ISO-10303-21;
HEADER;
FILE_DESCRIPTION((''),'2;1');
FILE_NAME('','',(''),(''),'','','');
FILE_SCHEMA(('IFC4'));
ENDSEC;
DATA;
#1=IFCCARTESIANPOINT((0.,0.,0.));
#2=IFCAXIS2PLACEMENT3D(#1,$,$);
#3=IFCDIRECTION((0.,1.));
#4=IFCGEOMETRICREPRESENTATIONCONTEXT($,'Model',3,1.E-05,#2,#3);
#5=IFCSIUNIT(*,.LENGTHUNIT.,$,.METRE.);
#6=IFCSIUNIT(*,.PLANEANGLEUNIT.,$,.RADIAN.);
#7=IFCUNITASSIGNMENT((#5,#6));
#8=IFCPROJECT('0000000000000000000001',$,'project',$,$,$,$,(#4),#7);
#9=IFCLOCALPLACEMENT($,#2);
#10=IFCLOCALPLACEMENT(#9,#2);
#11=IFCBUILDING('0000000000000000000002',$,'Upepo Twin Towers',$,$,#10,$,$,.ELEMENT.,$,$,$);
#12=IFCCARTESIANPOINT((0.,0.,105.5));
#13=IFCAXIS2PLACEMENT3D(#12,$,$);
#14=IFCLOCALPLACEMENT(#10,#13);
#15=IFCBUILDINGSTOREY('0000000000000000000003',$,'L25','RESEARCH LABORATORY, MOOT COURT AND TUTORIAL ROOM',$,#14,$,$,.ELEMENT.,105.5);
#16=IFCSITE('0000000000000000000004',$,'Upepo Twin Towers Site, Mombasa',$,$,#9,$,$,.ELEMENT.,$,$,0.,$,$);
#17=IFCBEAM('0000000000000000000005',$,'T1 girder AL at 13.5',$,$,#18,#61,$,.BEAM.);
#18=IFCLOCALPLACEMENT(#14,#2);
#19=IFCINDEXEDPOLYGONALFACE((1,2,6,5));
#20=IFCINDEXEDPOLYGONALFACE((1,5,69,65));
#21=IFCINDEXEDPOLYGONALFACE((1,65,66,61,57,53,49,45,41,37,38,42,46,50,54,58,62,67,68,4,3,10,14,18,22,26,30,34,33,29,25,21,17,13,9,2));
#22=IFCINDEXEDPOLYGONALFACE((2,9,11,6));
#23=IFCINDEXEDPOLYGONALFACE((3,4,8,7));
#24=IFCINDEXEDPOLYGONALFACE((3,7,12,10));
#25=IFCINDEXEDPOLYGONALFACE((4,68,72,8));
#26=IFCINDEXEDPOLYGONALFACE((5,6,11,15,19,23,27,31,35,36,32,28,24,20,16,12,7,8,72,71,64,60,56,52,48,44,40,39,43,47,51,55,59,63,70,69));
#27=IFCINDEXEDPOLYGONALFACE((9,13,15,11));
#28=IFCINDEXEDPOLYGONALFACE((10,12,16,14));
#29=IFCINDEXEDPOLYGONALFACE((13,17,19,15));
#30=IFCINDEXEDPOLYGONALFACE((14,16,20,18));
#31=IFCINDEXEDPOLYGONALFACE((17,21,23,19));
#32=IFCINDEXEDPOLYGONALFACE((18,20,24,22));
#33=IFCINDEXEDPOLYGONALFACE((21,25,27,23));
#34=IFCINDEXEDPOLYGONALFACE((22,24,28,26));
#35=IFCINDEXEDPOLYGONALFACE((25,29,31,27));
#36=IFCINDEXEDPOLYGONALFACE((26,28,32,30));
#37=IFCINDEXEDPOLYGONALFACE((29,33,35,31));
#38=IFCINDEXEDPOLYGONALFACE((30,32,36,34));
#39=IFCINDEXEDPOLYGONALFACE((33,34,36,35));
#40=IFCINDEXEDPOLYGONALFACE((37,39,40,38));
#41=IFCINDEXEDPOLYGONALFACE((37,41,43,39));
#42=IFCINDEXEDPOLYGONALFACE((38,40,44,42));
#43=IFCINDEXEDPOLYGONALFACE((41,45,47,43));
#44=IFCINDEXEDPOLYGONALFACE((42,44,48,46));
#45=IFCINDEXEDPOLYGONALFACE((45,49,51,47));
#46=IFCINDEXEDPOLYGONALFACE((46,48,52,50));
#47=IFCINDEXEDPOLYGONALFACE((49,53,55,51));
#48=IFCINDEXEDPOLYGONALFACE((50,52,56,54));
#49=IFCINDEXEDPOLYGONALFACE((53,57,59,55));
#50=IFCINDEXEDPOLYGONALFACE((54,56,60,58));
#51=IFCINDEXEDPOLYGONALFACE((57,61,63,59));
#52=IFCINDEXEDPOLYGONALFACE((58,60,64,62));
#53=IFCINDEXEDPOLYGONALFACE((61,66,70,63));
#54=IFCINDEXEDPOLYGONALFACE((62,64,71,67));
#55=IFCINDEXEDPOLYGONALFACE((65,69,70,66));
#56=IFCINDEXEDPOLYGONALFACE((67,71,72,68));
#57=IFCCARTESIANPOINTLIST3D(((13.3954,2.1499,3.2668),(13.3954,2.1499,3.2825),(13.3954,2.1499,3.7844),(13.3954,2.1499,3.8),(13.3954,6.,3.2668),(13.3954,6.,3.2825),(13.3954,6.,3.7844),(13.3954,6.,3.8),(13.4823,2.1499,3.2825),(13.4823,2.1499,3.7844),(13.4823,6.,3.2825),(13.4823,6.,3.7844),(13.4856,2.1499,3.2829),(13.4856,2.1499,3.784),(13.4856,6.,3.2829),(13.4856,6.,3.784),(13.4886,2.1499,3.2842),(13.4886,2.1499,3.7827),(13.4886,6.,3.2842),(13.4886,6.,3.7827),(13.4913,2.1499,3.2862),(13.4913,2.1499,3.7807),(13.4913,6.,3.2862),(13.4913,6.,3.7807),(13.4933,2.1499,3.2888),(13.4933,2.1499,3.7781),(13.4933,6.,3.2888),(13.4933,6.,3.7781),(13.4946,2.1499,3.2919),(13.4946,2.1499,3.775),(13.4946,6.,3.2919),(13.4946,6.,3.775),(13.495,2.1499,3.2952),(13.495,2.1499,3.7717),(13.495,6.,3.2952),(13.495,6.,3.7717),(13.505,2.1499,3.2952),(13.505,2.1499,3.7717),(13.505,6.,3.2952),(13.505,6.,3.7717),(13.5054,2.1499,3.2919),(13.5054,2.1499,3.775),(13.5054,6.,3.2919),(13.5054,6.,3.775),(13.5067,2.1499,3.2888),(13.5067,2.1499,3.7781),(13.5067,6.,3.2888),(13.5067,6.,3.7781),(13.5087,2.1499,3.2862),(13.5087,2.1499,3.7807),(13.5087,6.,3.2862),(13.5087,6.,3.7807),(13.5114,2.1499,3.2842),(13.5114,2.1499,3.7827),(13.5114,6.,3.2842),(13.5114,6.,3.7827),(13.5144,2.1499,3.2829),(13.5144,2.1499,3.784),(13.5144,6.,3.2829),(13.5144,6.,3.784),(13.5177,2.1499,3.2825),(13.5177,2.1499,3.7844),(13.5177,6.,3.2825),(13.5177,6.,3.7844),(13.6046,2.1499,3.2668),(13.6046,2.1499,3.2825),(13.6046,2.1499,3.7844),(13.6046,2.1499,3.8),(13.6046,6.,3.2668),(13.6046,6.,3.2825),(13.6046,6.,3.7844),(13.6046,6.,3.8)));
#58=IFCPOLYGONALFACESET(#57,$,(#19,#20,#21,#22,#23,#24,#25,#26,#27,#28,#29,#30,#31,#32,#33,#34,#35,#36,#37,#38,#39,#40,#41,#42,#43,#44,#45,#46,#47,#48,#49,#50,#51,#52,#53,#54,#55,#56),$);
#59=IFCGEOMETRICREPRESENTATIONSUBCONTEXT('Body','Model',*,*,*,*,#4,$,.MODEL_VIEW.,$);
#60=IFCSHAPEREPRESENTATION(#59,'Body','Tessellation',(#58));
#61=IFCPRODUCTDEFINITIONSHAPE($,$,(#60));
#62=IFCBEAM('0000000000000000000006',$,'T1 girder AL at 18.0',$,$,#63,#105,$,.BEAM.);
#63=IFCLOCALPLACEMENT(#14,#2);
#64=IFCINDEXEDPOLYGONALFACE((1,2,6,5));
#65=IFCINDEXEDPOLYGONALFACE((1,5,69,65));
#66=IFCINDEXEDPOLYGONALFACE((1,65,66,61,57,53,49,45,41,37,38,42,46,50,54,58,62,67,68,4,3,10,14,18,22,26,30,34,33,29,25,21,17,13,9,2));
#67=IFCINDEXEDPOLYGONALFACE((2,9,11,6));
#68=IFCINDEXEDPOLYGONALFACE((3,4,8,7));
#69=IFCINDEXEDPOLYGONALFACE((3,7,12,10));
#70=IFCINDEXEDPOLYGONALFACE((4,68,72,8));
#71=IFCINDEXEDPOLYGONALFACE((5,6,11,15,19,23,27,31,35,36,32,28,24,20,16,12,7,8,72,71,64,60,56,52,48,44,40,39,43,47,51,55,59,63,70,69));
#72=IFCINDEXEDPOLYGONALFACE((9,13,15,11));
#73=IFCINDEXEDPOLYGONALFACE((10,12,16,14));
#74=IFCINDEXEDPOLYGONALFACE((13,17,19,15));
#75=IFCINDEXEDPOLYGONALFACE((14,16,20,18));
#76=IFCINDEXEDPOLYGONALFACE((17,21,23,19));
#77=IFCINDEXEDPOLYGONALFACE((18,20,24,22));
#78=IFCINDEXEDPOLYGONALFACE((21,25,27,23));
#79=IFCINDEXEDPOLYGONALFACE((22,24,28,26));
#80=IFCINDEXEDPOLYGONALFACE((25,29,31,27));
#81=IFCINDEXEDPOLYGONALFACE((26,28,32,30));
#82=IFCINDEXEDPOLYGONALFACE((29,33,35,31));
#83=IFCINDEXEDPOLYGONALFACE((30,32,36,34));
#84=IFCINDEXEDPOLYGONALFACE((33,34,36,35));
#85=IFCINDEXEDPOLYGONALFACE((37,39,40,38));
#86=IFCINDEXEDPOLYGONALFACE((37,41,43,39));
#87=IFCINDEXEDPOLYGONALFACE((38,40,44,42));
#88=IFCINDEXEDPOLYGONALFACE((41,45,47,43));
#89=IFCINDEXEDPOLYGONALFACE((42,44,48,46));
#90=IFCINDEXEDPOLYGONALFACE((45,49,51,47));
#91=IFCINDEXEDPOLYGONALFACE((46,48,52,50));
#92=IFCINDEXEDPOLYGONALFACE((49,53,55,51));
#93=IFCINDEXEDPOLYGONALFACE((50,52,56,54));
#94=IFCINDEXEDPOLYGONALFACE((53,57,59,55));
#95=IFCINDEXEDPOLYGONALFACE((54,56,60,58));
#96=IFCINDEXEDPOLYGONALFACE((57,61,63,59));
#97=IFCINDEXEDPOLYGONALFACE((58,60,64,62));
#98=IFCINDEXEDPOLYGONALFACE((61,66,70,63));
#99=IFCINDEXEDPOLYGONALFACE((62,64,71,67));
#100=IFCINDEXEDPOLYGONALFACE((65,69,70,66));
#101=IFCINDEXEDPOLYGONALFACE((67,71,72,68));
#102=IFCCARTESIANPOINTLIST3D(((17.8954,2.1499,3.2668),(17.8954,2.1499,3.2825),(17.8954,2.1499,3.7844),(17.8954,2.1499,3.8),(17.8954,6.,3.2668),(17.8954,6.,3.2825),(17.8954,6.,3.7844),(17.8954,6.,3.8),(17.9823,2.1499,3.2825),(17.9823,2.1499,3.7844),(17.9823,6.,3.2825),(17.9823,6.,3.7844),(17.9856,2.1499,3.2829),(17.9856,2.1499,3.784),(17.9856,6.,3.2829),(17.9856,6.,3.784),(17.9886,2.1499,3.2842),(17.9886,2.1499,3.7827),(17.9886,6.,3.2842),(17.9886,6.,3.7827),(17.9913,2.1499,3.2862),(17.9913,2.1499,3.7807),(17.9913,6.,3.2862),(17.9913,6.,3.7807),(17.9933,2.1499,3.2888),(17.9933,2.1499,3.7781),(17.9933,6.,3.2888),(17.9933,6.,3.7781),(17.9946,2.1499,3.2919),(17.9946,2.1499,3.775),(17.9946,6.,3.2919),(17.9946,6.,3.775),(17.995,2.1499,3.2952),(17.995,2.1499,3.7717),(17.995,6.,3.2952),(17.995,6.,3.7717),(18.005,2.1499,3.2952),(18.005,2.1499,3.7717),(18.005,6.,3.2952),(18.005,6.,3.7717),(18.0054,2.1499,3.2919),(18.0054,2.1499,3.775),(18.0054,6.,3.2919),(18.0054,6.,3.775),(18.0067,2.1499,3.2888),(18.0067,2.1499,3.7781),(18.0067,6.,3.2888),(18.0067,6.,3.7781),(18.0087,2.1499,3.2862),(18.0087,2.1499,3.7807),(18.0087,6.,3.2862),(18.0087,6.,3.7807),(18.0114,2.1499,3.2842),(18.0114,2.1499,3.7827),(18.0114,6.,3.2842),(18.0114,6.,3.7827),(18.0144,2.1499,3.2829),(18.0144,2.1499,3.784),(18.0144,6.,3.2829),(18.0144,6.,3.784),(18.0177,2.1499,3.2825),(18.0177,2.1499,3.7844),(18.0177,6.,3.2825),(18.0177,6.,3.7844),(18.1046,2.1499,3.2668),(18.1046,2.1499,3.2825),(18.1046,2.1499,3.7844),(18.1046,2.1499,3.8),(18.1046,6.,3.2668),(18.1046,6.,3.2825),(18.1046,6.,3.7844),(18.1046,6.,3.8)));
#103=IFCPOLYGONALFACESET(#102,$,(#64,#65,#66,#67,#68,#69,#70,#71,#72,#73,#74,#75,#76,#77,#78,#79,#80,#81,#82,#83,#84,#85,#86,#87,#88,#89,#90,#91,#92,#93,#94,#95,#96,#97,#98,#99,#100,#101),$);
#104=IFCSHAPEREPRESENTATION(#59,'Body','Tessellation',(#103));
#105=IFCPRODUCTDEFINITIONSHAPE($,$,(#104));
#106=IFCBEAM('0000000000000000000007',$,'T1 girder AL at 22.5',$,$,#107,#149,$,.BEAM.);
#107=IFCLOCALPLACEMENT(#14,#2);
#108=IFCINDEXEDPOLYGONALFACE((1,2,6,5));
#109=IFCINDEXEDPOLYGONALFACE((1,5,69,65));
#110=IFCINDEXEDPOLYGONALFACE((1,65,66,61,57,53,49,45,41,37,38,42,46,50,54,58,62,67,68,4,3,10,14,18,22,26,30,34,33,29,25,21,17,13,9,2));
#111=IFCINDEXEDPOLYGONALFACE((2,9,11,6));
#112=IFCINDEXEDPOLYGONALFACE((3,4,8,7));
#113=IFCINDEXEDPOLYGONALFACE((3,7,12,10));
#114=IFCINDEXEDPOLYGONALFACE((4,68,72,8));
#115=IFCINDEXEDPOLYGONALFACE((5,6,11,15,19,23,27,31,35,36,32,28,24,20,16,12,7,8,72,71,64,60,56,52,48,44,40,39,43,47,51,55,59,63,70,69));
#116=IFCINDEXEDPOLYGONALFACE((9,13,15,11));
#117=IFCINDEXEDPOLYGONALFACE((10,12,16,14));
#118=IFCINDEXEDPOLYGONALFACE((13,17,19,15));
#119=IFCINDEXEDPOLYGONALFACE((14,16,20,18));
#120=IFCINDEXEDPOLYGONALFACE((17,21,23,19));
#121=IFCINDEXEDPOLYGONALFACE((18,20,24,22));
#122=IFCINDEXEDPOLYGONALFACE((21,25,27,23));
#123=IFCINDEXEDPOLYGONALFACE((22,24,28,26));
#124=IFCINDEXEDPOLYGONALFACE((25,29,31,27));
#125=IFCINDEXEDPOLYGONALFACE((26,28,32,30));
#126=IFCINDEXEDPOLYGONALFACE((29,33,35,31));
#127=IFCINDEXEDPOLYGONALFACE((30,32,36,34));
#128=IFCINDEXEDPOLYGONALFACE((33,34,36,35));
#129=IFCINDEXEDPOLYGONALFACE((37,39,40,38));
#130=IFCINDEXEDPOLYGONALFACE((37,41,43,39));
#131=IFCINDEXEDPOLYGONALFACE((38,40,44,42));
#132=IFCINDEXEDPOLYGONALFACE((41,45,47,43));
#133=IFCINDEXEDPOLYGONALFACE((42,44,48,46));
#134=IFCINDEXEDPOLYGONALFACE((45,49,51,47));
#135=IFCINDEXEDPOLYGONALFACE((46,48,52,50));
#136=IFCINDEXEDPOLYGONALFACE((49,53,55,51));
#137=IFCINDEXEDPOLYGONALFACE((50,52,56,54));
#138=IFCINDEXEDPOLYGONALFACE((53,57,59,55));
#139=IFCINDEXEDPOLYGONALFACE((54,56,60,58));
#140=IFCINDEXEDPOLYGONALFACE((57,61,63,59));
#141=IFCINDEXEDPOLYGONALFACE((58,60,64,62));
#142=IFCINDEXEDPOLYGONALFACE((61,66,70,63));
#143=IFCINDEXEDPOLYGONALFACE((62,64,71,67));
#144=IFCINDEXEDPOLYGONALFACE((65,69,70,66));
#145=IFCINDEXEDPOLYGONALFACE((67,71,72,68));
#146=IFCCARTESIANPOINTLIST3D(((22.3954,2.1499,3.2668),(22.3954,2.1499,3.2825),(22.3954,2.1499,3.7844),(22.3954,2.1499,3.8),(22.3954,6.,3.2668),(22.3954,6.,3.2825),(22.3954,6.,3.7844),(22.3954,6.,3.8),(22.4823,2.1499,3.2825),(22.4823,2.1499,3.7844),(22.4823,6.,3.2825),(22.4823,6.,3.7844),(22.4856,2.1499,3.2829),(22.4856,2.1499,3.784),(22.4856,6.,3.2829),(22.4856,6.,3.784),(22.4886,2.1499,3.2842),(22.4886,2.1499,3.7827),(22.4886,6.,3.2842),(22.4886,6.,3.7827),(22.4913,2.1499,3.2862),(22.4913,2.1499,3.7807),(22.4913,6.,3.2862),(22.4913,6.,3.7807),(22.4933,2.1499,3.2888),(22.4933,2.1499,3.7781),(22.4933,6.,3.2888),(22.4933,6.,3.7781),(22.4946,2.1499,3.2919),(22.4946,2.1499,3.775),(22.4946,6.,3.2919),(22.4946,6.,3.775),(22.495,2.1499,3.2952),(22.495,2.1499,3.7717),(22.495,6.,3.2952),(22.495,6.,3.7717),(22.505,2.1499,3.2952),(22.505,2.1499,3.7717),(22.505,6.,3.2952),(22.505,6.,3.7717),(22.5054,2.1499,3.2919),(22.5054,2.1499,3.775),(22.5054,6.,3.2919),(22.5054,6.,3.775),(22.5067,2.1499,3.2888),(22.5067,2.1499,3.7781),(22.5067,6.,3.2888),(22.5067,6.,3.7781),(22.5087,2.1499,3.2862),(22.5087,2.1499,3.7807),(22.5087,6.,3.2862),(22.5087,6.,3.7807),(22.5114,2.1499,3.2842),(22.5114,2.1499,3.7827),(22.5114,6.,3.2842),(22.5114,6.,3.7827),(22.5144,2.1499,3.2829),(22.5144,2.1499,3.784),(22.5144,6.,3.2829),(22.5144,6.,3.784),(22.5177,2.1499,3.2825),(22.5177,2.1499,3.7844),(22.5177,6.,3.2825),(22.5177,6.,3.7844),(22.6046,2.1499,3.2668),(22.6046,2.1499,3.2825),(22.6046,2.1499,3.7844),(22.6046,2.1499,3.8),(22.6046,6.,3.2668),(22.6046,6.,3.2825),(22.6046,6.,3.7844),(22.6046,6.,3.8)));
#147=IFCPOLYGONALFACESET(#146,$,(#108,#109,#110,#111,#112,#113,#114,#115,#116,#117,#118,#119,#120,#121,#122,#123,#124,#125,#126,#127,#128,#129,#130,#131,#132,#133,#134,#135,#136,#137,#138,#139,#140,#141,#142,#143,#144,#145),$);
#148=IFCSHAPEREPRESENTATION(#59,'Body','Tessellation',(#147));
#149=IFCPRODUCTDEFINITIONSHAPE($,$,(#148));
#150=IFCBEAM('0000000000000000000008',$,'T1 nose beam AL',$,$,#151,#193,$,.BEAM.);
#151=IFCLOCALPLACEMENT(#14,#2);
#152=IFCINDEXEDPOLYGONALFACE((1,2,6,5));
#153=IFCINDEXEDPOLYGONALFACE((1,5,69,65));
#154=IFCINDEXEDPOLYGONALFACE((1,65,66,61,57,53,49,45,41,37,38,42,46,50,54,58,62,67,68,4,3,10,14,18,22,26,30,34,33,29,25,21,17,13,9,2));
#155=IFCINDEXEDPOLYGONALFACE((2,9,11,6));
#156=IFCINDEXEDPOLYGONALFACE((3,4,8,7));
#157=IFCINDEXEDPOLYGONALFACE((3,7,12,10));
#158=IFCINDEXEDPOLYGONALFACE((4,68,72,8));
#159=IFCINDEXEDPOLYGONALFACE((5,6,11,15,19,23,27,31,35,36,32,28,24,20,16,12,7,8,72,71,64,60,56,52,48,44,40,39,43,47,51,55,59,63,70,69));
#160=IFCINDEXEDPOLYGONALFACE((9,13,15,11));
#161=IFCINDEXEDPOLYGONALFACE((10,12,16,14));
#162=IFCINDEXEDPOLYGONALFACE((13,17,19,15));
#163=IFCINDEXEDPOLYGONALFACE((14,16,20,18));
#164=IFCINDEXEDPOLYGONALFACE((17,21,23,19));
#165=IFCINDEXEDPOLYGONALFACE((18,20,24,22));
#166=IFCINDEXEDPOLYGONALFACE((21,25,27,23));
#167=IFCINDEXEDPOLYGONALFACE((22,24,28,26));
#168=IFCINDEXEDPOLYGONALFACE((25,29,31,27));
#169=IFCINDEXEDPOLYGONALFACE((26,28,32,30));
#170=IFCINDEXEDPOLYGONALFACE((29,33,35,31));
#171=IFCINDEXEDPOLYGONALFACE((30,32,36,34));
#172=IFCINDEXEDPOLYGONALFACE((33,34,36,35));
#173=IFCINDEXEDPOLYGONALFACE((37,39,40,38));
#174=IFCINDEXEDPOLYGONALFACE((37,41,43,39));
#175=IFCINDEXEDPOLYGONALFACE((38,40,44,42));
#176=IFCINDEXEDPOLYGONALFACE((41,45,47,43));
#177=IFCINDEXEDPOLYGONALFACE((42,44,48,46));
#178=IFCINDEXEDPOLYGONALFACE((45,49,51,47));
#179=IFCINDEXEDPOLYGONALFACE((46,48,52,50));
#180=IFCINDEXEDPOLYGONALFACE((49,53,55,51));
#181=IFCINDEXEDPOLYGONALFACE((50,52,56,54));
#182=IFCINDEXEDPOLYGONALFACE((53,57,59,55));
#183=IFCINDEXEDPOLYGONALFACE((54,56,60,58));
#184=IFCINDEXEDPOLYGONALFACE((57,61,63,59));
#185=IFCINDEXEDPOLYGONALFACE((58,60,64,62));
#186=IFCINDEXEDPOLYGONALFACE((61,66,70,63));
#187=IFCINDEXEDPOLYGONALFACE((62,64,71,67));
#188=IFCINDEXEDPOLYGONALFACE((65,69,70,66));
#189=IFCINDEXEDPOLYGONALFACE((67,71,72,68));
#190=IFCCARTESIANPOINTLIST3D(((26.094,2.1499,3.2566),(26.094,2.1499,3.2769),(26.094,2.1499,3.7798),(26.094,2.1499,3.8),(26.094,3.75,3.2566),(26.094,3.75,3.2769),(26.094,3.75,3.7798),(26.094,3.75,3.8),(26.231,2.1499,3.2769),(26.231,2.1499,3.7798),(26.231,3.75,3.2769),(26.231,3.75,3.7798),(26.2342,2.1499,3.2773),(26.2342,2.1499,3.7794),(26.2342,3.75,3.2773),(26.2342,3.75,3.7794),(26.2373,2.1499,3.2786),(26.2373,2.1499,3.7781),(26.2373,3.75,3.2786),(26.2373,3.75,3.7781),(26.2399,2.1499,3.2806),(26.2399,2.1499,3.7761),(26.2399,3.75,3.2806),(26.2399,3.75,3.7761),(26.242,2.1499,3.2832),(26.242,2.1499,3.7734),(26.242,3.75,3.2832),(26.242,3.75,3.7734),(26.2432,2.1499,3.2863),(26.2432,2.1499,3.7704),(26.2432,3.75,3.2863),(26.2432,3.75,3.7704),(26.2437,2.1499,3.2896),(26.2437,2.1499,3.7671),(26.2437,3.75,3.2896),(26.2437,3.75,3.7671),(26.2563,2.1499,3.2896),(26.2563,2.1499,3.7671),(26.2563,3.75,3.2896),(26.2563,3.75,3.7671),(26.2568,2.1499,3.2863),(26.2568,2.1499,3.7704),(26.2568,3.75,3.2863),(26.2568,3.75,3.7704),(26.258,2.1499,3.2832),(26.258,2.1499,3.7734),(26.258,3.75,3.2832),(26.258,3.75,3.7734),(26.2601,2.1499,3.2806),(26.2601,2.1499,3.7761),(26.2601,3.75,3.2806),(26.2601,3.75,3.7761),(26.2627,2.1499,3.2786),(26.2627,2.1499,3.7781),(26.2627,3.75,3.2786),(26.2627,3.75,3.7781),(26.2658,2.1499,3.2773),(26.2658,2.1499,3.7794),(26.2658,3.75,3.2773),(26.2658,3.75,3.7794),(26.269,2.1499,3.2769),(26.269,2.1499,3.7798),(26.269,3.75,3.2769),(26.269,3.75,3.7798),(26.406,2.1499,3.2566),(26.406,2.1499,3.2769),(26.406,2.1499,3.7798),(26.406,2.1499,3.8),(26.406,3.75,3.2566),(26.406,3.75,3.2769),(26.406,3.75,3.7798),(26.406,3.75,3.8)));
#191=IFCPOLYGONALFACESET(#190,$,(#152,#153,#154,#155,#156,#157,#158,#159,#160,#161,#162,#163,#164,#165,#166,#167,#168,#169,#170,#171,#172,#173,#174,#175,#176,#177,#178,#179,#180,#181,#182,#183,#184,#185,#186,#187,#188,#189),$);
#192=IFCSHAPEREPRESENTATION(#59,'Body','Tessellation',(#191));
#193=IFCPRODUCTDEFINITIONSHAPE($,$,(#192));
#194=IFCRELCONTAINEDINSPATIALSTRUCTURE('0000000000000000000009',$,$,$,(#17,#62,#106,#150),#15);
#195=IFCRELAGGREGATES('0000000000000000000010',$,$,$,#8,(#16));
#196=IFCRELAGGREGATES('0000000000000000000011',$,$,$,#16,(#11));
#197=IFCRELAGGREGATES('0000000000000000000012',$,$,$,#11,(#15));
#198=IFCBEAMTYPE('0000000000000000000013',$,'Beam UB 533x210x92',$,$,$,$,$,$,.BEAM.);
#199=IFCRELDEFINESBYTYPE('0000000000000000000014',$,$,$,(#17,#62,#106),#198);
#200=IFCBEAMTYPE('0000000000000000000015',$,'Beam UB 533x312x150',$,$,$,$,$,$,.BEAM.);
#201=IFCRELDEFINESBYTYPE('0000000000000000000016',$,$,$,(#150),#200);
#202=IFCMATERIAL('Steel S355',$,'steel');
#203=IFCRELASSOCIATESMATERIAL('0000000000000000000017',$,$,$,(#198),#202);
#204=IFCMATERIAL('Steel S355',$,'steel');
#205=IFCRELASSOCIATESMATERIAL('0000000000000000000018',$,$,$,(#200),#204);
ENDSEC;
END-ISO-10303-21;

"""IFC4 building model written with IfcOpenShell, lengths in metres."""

from ifc_helpers import new_model, si_unit, direction, frame, origin, origin_2d, place, context, subcontext, project, spatial, i_section, extrude, material, material_profile, profile_set, type_object, element, save


model = new_model("IFC4")

# Units and contexts
model_context = context("Model", 3, precision=1e-05, world=origin(), true_north=direction((0.0, 1.0)))
body_context = subcontext(model_context, "Body", "Model", "MODEL_VIEW")
ifc_project = project(units=[si_unit("LENGTHUNIT", "METRE"), si_unit("PLANEANGLEUNIT", "RADIAN")], contexts=[model_context])

# Site, building, storey
site_placement = place(None, origin())
site = spatial("IfcSite", under=ifc_project, at=site_placement, Name="Upepo Twin Towers Site, Mombasa", CompositionType="ELEMENT", RefElevation=0.0)
building_placement = place(site_placement, origin())
building = spatial("IfcBuilding", under=site, at=building_placement, Name="Upepo Twin Towers", CompositionType="ELEMENT")
storey_placement = place(building_placement, frame((0.0, 0.0, 105.5)))
storey = spatial("IfcBuildingStorey", under=building, at=storey_placement, Name="L25", Description="RESEARCH LABORATORY, MOOT COURT AND TUTORIAL ROOM", CompositionType="ELEMENT", Elevation=105.5)

# Beams
ifc_material_1 = material(Name="Steel S355", Category="steel")
ifc_material_profile_1 = material_profile(ifc_material_1, i_section(OverallWidth=0.2092, OverallDepth=0.5332, WebThickness=0.01, FlangeThickness=0.0156, FilletRadius=0.0127, at=origin_2d()), Name="UB 533x210x92")
ifc_profile_set_1 = profile_set([ifc_material_profile_1], Name="Steel S355")
beam_type_1 = type_object("IfcBeamType", Name="Beam UB 533x210x92", PredefinedType="BEAM", material=ifc_profile_set_1)
for number, where, z_axis, x_axis, name in (
    (1, (13.5, 6.0, 3.5334), (0.0, -1.0, 0.0), (1.0, 0.0, 0.0), "T1 girder AL at 13.5"),
    (2, (18.0, 6.0, 3.5334), (0.0, -1.0, 0.0), (1.0, 0.0, 0.0), "T1 girder AL at 18.0"),
    (3, (22.5, 6.0, 3.5334), (0.0, -1.0, 0.0), (1.0, 0.0, 0.0), "T1 girder AL at 22.5"),
):
    element("IfcBeam", number, at=place(storey_placement, frame(where, z_axis=z_axis, x_axis=x_axis)), inside=storey, type_object=beam_type_1, Name=name, PredefinedType="BEAM", context=body_context, shape_type="SweptSolid", body=[
        extrude(i_section(OverallWidth=0.2092, OverallDepth=0.5332, WebThickness=0.01, FlangeThickness=0.0156, FilletRadius=0.0127, at=origin_2d()), origin(), (0.0, 0.0, 1.0), 3.8501),
    ])
ifc_material_2 = material(Name="Steel S355", Category="steel")
ifc_material_profile_2 = material_profile(ifc_material_2, i_section(OverallWidth=0.312, OverallDepth=0.5435, WebThickness=0.0127, FlangeThickness=0.0203, FilletRadius=0.0127, at=origin_2d()), Name="UB 533x312x150")
ifc_profile_set_2 = profile_set([ifc_material_profile_2], Name="Steel S355")
beam_type_2 = type_object("IfcBeamType", Name="Beam UB 533x312x150", PredefinedType="BEAM", material=ifc_profile_set_2)
beam_1_placement = place(storey_placement, frame((26.25, 3.75, 3.5283), z_axis=(0.0, -1.0, 0.0), x_axis=(1.0, 0.0, 0.0)))
element("IfcBeam", 4, at=beam_1_placement, inside=storey, type_object=beam_type_2, Name="T1 nose beam AL", PredefinedType="BEAM", context=body_context, shape_type="SweptSolid", body=[
    extrude(i_section(OverallWidth=0.312, OverallDepth=0.5435, WebThickness=0.0127, FlangeThickness=0.0203, FilletRadius=0.0127, at=origin_2d()), origin(), (0.0, 0.0, 1.0), 1.6001),
])

save(model, "model.ifc")
